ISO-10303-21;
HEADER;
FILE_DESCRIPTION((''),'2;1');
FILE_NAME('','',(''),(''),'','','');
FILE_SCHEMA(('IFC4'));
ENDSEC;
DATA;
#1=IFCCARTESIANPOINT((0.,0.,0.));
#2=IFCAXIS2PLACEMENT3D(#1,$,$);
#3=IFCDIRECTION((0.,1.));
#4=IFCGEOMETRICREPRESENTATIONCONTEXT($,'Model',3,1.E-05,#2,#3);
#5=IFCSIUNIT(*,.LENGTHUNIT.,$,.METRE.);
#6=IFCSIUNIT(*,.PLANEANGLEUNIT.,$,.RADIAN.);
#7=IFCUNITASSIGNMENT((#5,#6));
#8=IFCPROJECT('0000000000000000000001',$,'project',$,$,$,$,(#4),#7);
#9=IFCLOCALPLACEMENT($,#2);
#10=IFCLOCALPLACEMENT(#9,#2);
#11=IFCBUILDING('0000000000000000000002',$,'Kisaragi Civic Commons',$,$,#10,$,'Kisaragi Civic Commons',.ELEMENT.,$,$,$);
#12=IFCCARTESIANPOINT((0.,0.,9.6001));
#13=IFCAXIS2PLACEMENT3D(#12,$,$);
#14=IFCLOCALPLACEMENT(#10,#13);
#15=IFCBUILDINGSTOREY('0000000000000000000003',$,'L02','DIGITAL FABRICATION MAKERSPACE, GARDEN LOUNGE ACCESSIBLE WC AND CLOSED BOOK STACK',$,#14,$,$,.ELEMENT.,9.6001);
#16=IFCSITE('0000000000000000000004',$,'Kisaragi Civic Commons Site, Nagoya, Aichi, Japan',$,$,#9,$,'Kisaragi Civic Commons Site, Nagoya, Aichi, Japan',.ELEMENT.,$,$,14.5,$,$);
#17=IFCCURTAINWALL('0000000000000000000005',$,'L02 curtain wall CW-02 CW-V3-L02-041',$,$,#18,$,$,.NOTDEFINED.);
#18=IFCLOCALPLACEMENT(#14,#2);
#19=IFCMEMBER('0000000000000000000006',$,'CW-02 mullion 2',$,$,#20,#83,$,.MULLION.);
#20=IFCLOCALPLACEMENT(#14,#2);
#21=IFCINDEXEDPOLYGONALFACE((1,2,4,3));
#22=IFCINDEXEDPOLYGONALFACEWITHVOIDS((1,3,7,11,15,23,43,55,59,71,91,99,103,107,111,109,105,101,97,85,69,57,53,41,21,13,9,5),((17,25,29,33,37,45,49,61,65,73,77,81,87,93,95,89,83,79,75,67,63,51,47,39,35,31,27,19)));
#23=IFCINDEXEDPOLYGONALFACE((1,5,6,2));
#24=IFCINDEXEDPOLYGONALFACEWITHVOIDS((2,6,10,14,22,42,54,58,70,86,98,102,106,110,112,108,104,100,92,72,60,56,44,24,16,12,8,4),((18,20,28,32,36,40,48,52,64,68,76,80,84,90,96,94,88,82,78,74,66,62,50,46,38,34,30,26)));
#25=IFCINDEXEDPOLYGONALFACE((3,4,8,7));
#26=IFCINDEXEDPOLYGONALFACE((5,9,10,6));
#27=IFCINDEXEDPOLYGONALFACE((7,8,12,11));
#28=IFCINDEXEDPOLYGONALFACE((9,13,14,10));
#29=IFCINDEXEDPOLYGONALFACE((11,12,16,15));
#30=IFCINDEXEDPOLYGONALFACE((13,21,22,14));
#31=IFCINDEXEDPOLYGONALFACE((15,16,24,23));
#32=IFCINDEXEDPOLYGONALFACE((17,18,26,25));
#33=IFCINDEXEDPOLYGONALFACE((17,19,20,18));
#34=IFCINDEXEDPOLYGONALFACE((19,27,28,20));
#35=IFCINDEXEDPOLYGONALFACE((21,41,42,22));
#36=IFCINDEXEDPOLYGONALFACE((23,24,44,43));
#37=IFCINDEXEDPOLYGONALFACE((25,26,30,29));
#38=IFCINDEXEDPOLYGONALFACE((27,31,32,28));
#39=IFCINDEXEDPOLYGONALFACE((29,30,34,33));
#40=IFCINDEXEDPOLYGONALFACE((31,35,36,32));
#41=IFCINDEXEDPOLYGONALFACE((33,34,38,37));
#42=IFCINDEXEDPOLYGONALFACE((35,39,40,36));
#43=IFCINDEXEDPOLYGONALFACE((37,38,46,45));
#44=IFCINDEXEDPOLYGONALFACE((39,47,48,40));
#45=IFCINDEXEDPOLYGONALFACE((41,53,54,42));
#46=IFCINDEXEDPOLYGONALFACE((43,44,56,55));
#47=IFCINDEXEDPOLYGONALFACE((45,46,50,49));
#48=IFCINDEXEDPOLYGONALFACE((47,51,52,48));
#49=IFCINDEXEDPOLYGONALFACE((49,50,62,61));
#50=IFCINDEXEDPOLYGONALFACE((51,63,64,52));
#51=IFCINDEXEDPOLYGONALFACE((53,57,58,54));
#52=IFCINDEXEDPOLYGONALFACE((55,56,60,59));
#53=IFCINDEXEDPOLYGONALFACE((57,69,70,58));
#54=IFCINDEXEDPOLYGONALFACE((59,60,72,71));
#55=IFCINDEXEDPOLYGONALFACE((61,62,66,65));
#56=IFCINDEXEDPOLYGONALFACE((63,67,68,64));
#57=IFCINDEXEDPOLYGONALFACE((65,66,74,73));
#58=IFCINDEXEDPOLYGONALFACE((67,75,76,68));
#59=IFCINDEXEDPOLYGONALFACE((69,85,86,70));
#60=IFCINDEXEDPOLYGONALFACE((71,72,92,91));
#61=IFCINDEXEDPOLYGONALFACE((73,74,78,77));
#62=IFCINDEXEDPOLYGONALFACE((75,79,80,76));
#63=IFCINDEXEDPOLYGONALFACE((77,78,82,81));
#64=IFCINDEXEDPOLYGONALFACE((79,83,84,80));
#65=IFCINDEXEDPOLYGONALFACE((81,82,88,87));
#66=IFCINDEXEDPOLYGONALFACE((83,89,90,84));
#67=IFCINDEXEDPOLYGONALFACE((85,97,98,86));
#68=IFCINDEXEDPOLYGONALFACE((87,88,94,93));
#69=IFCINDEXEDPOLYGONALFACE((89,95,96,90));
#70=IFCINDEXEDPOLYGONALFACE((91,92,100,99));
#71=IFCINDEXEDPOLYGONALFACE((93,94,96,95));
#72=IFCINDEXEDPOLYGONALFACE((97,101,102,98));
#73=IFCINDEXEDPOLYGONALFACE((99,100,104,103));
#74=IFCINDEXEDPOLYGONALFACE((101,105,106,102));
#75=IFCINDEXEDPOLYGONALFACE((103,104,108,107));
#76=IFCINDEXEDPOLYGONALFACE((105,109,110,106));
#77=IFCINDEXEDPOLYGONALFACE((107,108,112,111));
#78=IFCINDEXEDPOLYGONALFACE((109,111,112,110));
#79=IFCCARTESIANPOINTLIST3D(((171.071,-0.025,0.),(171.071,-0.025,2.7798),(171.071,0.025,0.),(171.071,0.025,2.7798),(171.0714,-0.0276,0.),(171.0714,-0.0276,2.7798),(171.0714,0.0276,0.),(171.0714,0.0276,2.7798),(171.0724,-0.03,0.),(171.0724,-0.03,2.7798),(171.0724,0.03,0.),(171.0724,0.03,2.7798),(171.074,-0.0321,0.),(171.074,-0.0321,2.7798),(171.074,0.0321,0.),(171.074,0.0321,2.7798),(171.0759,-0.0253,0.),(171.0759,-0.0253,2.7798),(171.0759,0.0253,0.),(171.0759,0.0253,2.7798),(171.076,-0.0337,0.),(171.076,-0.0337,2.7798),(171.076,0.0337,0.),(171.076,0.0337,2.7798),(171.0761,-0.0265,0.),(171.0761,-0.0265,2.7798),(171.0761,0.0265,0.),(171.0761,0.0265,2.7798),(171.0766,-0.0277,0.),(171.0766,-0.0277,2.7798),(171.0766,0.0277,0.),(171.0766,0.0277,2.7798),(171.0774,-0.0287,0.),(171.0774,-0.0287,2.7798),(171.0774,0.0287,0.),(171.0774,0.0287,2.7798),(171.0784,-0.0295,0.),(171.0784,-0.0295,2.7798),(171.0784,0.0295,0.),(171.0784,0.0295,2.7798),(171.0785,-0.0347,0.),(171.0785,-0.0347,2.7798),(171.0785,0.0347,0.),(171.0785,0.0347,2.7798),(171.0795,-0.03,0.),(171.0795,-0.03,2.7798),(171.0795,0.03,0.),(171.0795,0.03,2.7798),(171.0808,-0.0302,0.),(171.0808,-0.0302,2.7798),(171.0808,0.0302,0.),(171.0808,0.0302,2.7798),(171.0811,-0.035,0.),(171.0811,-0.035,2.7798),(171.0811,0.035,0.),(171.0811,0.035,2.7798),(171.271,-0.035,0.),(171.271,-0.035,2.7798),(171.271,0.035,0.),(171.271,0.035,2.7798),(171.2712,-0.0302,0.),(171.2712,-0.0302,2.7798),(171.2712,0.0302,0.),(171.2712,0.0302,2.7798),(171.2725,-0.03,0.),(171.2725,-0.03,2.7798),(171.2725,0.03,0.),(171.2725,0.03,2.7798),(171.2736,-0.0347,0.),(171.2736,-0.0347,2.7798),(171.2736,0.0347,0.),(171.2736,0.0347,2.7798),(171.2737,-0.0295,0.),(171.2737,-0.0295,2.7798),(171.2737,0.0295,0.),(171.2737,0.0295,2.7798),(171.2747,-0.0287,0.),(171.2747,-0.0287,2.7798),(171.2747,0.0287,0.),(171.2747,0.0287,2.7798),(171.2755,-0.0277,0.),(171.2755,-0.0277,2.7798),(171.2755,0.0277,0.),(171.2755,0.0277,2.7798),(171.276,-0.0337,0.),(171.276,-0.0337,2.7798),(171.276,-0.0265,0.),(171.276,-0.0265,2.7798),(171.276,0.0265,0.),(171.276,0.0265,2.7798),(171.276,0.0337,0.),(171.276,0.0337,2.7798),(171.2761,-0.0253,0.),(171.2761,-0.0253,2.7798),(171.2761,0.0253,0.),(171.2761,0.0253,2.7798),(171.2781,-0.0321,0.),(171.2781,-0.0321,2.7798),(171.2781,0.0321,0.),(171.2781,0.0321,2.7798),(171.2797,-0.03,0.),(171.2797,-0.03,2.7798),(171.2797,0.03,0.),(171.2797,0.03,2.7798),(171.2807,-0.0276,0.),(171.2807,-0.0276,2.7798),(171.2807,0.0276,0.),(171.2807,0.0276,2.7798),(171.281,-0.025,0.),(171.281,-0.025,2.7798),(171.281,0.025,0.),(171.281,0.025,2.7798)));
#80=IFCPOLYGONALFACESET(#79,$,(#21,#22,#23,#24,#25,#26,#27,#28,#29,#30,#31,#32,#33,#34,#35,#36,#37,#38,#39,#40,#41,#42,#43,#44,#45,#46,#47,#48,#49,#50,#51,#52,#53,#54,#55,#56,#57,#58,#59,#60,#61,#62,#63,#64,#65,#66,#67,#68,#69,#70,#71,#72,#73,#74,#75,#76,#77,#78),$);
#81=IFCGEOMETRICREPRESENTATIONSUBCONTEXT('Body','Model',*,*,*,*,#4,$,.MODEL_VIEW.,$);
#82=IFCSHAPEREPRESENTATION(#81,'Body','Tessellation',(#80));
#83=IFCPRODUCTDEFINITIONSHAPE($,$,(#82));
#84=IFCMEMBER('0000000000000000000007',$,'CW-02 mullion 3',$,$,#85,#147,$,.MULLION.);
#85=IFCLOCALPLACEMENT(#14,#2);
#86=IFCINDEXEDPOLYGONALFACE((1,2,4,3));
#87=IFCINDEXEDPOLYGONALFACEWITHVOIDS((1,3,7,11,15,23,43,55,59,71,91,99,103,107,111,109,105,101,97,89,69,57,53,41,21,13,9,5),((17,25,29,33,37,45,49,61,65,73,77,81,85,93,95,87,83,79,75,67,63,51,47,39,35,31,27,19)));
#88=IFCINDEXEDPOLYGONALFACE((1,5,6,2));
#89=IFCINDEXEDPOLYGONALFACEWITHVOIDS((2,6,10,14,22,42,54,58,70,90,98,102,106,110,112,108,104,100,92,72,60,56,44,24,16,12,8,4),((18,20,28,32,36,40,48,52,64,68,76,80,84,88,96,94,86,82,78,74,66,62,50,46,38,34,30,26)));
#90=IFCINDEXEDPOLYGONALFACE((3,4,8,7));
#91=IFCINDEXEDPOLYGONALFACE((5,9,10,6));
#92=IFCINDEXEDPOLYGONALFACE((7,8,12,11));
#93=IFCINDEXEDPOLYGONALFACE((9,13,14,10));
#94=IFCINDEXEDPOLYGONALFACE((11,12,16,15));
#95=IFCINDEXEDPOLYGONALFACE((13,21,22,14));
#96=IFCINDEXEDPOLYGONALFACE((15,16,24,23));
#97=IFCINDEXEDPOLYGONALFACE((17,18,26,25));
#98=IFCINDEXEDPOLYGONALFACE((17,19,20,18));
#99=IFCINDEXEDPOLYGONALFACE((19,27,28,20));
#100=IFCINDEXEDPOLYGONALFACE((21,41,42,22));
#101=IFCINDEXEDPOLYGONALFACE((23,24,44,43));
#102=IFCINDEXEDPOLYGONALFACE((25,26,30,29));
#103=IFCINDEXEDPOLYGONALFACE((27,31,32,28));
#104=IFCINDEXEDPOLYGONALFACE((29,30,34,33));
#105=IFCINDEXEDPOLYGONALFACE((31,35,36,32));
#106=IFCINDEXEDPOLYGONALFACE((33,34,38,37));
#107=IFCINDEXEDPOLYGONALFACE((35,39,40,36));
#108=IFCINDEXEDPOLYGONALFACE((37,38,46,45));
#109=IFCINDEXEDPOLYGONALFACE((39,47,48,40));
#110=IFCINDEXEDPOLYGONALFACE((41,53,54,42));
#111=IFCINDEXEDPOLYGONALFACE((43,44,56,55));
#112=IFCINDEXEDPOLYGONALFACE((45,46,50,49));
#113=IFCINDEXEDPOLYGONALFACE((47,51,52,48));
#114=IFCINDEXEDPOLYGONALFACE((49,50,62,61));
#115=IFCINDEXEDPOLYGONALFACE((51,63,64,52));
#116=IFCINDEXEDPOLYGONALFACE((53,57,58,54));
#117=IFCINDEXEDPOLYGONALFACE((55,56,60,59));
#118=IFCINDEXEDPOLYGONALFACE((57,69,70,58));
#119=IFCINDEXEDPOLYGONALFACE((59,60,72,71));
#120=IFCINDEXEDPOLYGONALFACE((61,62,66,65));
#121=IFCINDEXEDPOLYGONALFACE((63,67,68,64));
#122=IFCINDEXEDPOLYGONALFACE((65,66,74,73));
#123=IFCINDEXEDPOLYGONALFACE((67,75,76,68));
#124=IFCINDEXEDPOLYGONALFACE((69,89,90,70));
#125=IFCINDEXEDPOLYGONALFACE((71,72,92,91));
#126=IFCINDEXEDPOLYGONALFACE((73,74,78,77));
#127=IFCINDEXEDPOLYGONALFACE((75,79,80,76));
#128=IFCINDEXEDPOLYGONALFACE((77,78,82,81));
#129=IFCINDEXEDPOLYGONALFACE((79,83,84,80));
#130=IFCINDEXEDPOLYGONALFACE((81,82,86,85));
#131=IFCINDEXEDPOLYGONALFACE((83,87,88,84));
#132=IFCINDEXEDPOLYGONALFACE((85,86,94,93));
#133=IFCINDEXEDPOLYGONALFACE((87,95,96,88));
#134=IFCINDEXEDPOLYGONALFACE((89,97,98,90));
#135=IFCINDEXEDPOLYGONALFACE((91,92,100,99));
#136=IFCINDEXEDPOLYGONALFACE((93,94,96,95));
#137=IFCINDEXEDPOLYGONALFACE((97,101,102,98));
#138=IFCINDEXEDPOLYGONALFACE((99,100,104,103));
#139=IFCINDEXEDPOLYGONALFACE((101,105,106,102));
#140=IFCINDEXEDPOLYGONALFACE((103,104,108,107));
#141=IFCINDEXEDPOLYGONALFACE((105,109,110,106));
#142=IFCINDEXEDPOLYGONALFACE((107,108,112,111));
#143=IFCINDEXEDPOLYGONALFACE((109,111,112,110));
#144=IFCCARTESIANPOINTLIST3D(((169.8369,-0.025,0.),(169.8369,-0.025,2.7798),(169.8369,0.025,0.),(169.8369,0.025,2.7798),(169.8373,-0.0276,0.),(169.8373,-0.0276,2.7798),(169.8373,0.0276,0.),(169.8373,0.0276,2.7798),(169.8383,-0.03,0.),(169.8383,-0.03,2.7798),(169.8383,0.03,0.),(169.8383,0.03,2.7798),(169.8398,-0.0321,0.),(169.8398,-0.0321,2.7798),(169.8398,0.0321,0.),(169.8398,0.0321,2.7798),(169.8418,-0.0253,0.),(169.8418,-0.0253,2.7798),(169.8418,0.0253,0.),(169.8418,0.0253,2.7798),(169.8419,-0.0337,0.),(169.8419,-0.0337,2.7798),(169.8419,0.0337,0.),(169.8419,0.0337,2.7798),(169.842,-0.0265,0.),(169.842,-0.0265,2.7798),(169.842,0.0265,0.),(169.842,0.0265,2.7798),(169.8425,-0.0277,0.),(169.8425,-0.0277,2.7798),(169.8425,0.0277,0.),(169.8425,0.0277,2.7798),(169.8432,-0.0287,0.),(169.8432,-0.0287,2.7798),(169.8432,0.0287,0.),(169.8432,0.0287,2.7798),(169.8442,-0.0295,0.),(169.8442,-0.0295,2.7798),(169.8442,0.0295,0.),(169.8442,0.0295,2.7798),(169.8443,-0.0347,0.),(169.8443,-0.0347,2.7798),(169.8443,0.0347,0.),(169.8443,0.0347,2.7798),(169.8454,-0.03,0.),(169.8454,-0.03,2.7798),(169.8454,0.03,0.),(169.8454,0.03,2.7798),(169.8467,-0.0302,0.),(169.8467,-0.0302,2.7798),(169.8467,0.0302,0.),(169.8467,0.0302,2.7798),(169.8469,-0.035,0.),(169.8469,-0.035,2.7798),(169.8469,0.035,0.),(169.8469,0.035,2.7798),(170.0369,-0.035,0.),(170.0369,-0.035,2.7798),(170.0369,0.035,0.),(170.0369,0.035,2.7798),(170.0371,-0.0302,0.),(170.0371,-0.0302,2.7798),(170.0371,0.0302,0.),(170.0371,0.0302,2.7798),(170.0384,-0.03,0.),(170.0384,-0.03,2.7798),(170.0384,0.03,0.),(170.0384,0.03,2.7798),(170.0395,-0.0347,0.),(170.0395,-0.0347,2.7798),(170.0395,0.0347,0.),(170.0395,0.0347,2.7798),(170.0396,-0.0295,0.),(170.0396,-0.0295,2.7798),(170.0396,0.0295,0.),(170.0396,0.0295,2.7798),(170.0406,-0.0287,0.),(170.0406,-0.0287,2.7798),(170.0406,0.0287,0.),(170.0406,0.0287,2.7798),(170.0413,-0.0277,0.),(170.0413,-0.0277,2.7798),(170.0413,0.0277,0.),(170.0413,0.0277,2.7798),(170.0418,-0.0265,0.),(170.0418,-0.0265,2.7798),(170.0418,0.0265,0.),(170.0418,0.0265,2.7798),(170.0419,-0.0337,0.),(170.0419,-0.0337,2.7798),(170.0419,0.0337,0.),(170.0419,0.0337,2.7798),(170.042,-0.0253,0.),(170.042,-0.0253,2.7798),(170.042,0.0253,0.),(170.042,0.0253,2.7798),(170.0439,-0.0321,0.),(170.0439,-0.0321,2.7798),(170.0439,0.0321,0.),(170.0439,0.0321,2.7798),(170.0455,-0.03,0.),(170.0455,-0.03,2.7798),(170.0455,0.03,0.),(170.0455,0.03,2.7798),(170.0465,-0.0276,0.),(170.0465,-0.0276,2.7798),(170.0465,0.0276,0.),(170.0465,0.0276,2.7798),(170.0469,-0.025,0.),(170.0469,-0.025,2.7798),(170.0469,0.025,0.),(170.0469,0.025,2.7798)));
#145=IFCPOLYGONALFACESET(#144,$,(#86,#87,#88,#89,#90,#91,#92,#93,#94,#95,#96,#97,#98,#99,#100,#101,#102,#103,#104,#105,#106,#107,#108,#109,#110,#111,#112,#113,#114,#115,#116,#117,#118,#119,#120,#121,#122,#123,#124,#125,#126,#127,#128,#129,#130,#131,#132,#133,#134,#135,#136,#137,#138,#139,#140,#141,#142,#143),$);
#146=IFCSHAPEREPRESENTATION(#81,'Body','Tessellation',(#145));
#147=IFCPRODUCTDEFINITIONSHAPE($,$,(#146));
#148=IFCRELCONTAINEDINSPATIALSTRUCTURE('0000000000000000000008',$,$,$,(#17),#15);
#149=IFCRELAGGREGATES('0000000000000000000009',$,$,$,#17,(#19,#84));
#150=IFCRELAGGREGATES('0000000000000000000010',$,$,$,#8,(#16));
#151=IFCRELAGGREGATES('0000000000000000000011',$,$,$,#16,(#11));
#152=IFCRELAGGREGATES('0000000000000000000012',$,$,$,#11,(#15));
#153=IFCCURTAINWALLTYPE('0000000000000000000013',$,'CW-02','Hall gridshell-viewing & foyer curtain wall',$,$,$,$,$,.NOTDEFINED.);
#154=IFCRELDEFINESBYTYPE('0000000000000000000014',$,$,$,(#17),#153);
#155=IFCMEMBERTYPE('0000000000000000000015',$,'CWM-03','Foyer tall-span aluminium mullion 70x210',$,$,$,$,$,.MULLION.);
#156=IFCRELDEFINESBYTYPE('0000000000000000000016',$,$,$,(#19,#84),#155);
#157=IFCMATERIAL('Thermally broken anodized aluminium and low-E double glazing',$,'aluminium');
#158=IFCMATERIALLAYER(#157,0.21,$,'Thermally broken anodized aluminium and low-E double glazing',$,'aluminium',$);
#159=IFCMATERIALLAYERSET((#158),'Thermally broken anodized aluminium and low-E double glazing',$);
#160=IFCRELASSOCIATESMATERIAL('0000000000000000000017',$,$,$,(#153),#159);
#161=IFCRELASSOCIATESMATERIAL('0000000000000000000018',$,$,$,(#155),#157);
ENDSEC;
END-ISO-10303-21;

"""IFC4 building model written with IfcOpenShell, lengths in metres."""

from ifc_helpers import new_model, si_unit, direction, frame, origin, origin_2d, place, context, subcontext, project, spatial, hollow_rectangle, extrude, material, layer, layer_set, material_profile, profile_set, type_object, element, aggregate, save


model = new_model("IFC4")

# Units and contexts
model_context = context("Model", 3, precision=1e-05, world=origin(), true_north=direction((0.0, 1.0)))
body_context = subcontext(model_context, "Body", "Model", "MODEL_VIEW")
ifc_project = project(units=[si_unit("LENGTHUNIT", "METRE"), si_unit("PLANEANGLEUNIT", "RADIAN")], contexts=[model_context])

# Site, building, storey
site_placement = place(None, origin())
site = spatial("IfcSite", under=ifc_project, at=site_placement, Name="Kisaragi Civic Commons Site, Nagoya, Aichi, Japan", LongName="Kisaragi Civic Commons Site, Nagoya, Aichi, Japan", CompositionType="ELEMENT", RefElevation=14.5)
building_placement = place(site_placement, origin())
building = spatial("IfcBuilding", under=site, at=building_placement, Name="Kisaragi Civic Commons", LongName="Kisaragi Civic Commons", CompositionType="ELEMENT")
storey_placement = place(building_placement, frame((0.0, 0.0, 9.6001)))
storey = spatial("IfcBuildingStorey", under=building, at=storey_placement, Name="L02", Description="DIGITAL FABRICATION MAKERSPACE, GARDEN LOUNGE ACCESSIBLE WC AND CLOSED BOOK STACK", CompositionType="ELEMENT", Elevation=9.6001)

# Curtain wall, members
ifc_material_1 = material(Name="Thermally broken anodized aluminium and low-E double glazing", Category="aluminium")
ifc_layer_1 = layer(ifc_material_1, 0.21, Name="Thermally broken anodized aluminium and low-E double glazing", Category="aluminium")
ifc_layer_set_1 = layer_set([ifc_layer_1], Name="Thermally broken anodized aluminium and low-E double glazing")
curtain_wall_type = type_object("IfcCurtainWallType", Name="CW-02", Description="Hall gridshell-viewing & foyer curtain wall", PredefinedType="NOTDEFINED", material=ifc_layer_set_1)
curtain_wall_placement = place(storey_placement, origin())
curtain_wall = element("IfcCurtainWall", 1, at=curtain_wall_placement, inside=storey, type_object=curtain_wall_type, Name="L02 curtain wall CW-02 CW-V3-L02-041", PredefinedType="NOTDEFINED")
ifc_material_profile_1 = material_profile(ifc_material_1, hollow_rectangle(XDim=0.0701, YDim=0.21, WallThickness=0.0049, InnerFilletRadius=0.0049, OuterFilletRadius=0.01, at=origin_2d()), Name="CWM-70x210x5", Category="aluminium")
ifc_profile_set_1 = profile_set([ifc_material_profile_1], Name="Thermally broken anodized aluminium and low-E double glazing")
member_type_1 = type_object("IfcMemberType", Name="CWM-03", Description="Foyer tall-span aluminium mullion 70x210", PredefinedType="MULLION", material=ifc_profile_set_1)
member_1_placement = place(storey_placement, frame((171.176, 0.0, 0.0), z_axis=(0.0, 0.0, 1.0), x_axis=(0.0, -1.0, 0.0)))
member_1 = element("IfcMember", 2, at=member_1_placement, type_object=member_type_1, Name="CW-02 mullion 2", PredefinedType="MULLION", context=body_context, shape_type="SweptSolid", body=[
    extrude(hollow_rectangle(XDim=0.0701, YDim=0.21, WallThickness=0.0049, InnerFilletRadius=0.0049, OuterFilletRadius=0.01, at=origin_2d()), origin(), (0.0, 0.0, 1.0), 2.7798),
])
member_2_placement = place(storey_placement, frame((169.9419, 0.0, 0.0), z_axis=(0.0, 0.0, 1.0), x_axis=(0.0, -1.0, 0.0)))
member_2 = element("IfcMember", 3, at=member_2_placement, type_object=member_type_1, Name="CW-02 mullion 3", PredefinedType="MULLION", context=body_context, shape_type="SweptSolid", body=[
    extrude(hollow_rectangle(XDim=0.0701, YDim=0.21, WallThickness=0.0049, InnerFilletRadius=0.0049, OuterFilletRadius=0.01, at=origin_2d()), origin(), (0.0, 0.0, 1.0), 2.7798),
])
aggregate(curtain_wall, [member_1, member_2])

save(model, "model.ifc")
